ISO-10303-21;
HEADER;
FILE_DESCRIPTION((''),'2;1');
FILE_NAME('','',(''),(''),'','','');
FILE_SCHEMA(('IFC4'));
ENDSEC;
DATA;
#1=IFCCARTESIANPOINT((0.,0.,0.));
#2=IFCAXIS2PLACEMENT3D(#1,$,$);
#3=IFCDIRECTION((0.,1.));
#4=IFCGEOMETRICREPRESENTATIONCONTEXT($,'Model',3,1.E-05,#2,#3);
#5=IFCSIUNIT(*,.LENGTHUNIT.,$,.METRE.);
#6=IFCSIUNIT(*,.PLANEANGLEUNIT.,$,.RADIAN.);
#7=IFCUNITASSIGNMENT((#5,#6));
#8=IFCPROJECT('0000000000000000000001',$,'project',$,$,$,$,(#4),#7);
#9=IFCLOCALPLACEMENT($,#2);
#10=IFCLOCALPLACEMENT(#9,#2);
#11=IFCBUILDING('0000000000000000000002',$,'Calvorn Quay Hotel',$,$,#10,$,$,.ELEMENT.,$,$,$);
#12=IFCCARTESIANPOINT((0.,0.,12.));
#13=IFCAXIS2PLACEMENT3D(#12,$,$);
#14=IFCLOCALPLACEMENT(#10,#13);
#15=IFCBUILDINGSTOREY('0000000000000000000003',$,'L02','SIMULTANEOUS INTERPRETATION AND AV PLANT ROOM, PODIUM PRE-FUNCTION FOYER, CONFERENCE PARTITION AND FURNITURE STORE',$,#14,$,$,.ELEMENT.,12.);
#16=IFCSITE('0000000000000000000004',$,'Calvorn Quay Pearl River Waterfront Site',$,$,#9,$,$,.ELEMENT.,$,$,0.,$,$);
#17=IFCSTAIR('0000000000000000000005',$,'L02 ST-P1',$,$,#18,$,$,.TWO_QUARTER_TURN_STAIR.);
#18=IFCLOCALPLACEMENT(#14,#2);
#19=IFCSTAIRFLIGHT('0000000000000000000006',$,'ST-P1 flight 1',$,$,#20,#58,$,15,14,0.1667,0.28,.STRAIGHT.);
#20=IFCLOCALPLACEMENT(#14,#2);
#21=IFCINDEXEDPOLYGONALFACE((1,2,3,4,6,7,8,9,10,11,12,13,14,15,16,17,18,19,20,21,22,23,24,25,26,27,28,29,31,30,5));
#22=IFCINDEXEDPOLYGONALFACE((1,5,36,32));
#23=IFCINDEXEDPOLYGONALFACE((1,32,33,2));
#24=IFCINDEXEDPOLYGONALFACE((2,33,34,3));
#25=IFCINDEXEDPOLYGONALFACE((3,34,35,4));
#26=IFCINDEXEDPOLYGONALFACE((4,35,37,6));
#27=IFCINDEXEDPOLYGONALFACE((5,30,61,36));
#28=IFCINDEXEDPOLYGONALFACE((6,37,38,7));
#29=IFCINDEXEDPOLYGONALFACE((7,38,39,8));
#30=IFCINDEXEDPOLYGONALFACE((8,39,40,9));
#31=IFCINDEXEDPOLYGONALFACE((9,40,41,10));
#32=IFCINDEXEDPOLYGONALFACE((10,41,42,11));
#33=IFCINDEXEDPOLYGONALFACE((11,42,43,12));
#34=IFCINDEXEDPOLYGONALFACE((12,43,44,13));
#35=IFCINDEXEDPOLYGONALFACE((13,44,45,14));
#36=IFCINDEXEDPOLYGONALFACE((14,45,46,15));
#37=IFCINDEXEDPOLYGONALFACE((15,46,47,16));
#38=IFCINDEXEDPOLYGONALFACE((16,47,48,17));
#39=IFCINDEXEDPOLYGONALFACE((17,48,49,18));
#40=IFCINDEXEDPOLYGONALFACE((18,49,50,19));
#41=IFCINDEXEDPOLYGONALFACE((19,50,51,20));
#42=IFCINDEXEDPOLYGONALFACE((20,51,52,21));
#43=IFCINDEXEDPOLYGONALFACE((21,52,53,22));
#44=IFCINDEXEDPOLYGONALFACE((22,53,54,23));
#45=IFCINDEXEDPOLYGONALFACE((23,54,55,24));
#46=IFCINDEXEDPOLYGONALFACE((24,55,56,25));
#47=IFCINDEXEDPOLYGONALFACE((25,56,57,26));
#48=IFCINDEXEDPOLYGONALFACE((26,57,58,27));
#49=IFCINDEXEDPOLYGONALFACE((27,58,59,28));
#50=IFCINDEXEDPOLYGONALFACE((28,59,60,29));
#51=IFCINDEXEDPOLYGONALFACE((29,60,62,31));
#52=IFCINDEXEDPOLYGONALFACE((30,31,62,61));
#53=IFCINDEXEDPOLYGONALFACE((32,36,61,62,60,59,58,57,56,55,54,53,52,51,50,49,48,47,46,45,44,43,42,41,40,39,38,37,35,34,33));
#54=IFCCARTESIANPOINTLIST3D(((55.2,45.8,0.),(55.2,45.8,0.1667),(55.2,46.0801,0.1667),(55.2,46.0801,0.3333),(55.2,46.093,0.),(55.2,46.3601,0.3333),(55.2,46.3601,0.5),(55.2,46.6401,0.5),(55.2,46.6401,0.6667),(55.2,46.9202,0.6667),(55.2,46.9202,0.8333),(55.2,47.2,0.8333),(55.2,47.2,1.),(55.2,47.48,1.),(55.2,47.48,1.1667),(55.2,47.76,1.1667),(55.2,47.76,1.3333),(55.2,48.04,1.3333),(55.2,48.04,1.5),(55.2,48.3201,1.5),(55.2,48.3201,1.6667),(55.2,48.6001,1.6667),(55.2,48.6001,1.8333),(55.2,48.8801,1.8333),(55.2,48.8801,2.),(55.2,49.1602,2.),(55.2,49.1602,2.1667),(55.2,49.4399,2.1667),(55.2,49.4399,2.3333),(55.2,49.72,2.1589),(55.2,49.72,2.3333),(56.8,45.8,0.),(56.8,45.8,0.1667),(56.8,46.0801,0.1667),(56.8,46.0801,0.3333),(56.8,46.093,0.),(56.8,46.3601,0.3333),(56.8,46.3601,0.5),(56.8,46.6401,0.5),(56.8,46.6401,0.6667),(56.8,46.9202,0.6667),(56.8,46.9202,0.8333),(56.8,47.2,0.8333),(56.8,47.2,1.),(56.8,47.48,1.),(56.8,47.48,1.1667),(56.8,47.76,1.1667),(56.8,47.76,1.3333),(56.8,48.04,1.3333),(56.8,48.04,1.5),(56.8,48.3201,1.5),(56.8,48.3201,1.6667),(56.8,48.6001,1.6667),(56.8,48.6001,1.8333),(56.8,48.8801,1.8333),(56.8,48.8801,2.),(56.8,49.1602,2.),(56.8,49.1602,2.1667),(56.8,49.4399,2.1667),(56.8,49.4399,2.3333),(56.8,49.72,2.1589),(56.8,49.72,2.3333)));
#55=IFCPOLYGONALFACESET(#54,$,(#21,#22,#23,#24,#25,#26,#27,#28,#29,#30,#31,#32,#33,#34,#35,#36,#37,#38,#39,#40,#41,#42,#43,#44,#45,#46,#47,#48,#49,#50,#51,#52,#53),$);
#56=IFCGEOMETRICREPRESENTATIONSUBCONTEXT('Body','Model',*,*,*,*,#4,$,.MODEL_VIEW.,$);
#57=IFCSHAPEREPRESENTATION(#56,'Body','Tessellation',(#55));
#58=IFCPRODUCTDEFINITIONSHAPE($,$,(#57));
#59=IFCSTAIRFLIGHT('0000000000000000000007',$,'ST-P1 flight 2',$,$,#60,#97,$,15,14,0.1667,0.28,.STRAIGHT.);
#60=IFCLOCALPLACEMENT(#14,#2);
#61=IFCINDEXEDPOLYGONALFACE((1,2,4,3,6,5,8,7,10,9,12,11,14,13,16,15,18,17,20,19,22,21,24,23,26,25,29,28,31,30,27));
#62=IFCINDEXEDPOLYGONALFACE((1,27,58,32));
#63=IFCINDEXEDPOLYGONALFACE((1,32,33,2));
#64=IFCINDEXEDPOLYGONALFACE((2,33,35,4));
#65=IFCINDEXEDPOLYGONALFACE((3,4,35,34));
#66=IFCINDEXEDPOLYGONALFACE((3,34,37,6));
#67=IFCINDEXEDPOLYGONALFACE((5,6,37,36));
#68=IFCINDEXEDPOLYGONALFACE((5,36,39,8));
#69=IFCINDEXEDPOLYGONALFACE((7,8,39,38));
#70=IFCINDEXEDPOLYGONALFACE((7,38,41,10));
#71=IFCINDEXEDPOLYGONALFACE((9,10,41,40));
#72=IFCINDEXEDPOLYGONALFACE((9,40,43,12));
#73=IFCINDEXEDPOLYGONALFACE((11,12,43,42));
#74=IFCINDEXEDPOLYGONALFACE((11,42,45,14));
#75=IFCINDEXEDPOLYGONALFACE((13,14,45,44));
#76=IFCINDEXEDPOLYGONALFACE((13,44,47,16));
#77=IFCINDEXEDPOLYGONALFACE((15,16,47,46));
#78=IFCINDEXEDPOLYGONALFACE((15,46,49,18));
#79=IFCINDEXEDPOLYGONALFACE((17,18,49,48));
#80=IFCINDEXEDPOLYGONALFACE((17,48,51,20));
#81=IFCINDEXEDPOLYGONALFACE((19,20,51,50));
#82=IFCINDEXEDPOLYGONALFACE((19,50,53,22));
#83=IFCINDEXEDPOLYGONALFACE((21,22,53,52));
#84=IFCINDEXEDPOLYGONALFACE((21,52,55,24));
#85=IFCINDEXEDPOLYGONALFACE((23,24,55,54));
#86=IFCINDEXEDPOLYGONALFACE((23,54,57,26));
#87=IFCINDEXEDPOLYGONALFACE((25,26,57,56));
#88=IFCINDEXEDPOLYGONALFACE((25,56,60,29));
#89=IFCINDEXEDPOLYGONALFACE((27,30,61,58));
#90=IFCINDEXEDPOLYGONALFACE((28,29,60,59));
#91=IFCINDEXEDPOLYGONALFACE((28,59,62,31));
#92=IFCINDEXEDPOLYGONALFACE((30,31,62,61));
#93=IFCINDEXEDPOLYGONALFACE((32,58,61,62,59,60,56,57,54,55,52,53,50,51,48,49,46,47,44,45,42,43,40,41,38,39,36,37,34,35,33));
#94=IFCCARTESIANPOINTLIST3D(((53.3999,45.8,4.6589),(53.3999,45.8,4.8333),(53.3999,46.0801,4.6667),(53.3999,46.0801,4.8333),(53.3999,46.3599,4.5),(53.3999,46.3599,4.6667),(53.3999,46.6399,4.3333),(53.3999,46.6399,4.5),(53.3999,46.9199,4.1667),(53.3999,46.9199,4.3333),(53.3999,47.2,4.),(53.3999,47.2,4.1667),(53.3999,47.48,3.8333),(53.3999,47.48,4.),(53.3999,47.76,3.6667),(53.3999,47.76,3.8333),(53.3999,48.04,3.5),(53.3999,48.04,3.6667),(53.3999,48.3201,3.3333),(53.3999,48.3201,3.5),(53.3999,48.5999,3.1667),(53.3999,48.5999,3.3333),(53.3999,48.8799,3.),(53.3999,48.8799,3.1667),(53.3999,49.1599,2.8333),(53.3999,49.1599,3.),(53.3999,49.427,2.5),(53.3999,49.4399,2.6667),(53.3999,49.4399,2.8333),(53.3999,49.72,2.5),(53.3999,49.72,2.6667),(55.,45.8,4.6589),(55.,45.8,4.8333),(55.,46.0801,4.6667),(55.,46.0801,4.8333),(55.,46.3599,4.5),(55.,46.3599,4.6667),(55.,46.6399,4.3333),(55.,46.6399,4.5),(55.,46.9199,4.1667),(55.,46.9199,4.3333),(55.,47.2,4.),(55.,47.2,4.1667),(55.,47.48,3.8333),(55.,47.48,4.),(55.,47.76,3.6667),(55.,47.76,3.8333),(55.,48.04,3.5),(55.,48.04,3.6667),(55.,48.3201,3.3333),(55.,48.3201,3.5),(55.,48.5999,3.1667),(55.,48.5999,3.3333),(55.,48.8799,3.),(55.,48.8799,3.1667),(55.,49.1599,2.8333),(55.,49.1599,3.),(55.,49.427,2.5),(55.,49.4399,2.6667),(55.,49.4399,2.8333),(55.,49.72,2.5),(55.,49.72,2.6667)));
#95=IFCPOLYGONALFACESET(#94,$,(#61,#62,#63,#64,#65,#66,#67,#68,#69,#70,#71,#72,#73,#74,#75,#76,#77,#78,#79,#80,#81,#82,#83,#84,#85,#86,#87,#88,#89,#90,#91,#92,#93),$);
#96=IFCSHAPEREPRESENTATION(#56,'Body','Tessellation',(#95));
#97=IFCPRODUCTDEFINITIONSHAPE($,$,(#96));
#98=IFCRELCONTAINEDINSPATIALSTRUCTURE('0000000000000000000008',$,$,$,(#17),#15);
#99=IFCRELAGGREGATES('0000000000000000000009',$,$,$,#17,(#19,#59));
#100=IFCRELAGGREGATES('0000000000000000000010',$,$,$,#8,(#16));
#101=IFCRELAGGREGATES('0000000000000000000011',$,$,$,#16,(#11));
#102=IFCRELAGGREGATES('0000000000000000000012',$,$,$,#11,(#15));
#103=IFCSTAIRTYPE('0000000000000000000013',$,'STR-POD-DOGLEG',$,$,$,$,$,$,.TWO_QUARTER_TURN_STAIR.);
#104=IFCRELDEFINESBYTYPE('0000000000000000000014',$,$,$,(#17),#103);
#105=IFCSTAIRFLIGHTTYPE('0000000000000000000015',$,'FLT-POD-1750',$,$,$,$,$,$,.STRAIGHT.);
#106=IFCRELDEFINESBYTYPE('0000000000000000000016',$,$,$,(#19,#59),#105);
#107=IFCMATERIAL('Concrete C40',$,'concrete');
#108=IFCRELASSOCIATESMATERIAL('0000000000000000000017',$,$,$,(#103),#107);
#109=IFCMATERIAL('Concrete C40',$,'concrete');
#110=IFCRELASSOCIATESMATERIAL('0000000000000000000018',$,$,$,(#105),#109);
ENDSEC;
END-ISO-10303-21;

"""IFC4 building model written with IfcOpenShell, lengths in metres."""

from ifc_helpers import new_model, si_unit, direction, frame, origin, place, context, subcontext, project, spatial, polyline, outline, extrude, material, type_object, element, aggregate, save


model = new_model("IFC4")

# Units and contexts
model_context = context("Model", 3, precision=1e-05, world=origin(), true_north=direction((0.0, 1.0)))
body_context = subcontext(model_context, "Body", "Model", "MODEL_VIEW")
ifc_project = project(units=[si_unit("LENGTHUNIT", "METRE"), si_unit("PLANEANGLEUNIT", "RADIAN")], contexts=[model_context])

# Site, building, storey
site_placement = place(None, origin())
site = spatial("IfcSite", under=ifc_project, at=site_placement, Name="Calvorn Quay Pearl River Waterfront Site", CompositionType="ELEMENT", RefElevation=0.0)
building_placement = place(site_placement, origin())
building = spatial("IfcBuilding", under=site, at=building_placement, Name="Calvorn Quay Hotel", CompositionType="ELEMENT")
storey_placement = place(building_placement, frame((0.0, 0.0, 12.0)))
storey = spatial("IfcBuildingStorey", under=building, at=storey_placement, Name="L02", Description="SIMULTANEOUS INTERPRETATION AND AV PLANT ROOM, PODIUM PRE-FUNCTION FOYER, CONFERENCE PARTITION AND FURNITURE STORE", CompositionType="ELEMENT", Elevation=12.0)

# Stair, stair flights
ifc_material_1 = material(Name="Concrete C40", Category="concrete")
stair_type = type_object("IfcStairType", Name="STR-POD-DOGLEG", PredefinedType="TWO_QUARTER_TURN_STAIR", material=ifc_material_1)
stair_placement = place(storey_placement, origin())
stair = element("IfcStair", 1, at=stair_placement, inside=storey, type_object=stair_type, Name="L02 ST-P1", PredefinedType="TWO_QUARTER_TURN_STAIR")
ifc_material_2 = material(Name="Concrete C40", Category="concrete")
stair_flight_type = type_object("IfcStairFlightType", Name="FLT-POD-1750", PredefinedType="STRAIGHT", material=ifc_material_2)
stair_flight_1_placement = place(storey_placement, frame((56.0, 45.8, 0.0), z_axis=(0.0, 0.0, 1.0), x_axis=(0.0, 1.0, 0.0)))
stair_flight_1 = element("IfcStairFlight", 2, at=stair_flight_1_placement, type_object=stair_flight_type, Name="ST-P1 flight 1", NumberOfRisers=15, NumberOfTreads=14, PredefinedType="STRAIGHT", RiserHeight=0.1667, TreadLength=0.28, context=body_context, shape_type="SweptSolid", body=[
    extrude(outline(polyline([(0.0, 0.0), (0.0, 0.1667), (0.28, 0.1667), (0.28, 0.3333), (0.5601, 0.3333), (0.5601, 0.5), (0.8401, 0.5), (0.8401, 0.6667), (1.1201, 0.6667), (1.1201, 0.8333), (1.3999, 0.8333), (1.3999, 1.0), (1.6799, 1.0), (1.6799, 1.1667), (1.96, 1.1667), (1.96, 1.3333), (2.24, 1.3333), (2.24, 1.5), (2.52, 1.5), (2.52, 1.6667), (2.8, 1.6667), (2.8, 1.8333), (3.0801, 1.8333), (3.0801, 2.0), (3.3601, 2.0), (3.3601, 2.1667), (3.6399, 2.1667), (3.6399, 2.3333), (3.9199, 2.3333), (3.9199, 2.5), (3.9199, 2.1589), (0.293, 0.0), (0.0, 0.0)])), frame((0.0, 0.8, 0.0), z_axis=(0.0, -1.0, 0.0), x_axis=(1.0, 0.0, 0.0)), (0.0, 0.0, 1.0), 1.6001),
])
stair_flight_2_placement = place(storey_placement, frame((54.2, 49.72, 2.5), z_axis=(0.0, 0.0, 1.0), x_axis=(0.0, -1.0, 0.0)))
stair_flight_2 = element("IfcStairFlight", 3, at=stair_flight_2_placement, type_object=stair_flight_type, Name="ST-P1 flight 2", NumberOfRisers=15, NumberOfTreads=14, PredefinedType="STRAIGHT", RiserHeight=0.1667, TreadLength=0.28, context=body_context, shape_type="SweptSolid", body=[
    extrude(outline(polyline([(0.0, 0.0), (0.0, 0.1667), (0.28, 0.1667), (0.28, 0.3333), (0.5601, 0.3333), (0.5601, 0.5), (0.8401, 0.5), (0.8401, 0.6667), (1.1201, 0.6667), (1.1201, 0.8333), (1.3999, 0.8333), (1.3999, 1.0), (1.6799, 1.0), (1.6799, 1.1667), (1.96, 1.1667), (1.96, 1.3333), (2.24, 1.3333), (2.24, 1.5), (2.52, 1.5), (2.52, 1.6667), (2.8, 1.6667), (2.8, 1.8333), (3.0801, 1.8333), (3.0801, 2.0), (3.3601, 2.0), (3.3601, 2.1667), (3.6399, 2.1667), (3.6399, 2.3333), (3.9199, 2.3333), (3.9199, 2.5), (3.9199, 2.1589), (0.293, 0.0), (0.0, 0.0)])), frame((0.0, 0.8, 0.0), z_axis=(0.0, -1.0, 0.0), x_axis=(1.0, 0.0, 0.0)), (0.0, 0.0, 1.0), 1.6001),
])
aggregate(stair, [stair_flight_1, stair_flight_2])

save(model, "model.ifc")
